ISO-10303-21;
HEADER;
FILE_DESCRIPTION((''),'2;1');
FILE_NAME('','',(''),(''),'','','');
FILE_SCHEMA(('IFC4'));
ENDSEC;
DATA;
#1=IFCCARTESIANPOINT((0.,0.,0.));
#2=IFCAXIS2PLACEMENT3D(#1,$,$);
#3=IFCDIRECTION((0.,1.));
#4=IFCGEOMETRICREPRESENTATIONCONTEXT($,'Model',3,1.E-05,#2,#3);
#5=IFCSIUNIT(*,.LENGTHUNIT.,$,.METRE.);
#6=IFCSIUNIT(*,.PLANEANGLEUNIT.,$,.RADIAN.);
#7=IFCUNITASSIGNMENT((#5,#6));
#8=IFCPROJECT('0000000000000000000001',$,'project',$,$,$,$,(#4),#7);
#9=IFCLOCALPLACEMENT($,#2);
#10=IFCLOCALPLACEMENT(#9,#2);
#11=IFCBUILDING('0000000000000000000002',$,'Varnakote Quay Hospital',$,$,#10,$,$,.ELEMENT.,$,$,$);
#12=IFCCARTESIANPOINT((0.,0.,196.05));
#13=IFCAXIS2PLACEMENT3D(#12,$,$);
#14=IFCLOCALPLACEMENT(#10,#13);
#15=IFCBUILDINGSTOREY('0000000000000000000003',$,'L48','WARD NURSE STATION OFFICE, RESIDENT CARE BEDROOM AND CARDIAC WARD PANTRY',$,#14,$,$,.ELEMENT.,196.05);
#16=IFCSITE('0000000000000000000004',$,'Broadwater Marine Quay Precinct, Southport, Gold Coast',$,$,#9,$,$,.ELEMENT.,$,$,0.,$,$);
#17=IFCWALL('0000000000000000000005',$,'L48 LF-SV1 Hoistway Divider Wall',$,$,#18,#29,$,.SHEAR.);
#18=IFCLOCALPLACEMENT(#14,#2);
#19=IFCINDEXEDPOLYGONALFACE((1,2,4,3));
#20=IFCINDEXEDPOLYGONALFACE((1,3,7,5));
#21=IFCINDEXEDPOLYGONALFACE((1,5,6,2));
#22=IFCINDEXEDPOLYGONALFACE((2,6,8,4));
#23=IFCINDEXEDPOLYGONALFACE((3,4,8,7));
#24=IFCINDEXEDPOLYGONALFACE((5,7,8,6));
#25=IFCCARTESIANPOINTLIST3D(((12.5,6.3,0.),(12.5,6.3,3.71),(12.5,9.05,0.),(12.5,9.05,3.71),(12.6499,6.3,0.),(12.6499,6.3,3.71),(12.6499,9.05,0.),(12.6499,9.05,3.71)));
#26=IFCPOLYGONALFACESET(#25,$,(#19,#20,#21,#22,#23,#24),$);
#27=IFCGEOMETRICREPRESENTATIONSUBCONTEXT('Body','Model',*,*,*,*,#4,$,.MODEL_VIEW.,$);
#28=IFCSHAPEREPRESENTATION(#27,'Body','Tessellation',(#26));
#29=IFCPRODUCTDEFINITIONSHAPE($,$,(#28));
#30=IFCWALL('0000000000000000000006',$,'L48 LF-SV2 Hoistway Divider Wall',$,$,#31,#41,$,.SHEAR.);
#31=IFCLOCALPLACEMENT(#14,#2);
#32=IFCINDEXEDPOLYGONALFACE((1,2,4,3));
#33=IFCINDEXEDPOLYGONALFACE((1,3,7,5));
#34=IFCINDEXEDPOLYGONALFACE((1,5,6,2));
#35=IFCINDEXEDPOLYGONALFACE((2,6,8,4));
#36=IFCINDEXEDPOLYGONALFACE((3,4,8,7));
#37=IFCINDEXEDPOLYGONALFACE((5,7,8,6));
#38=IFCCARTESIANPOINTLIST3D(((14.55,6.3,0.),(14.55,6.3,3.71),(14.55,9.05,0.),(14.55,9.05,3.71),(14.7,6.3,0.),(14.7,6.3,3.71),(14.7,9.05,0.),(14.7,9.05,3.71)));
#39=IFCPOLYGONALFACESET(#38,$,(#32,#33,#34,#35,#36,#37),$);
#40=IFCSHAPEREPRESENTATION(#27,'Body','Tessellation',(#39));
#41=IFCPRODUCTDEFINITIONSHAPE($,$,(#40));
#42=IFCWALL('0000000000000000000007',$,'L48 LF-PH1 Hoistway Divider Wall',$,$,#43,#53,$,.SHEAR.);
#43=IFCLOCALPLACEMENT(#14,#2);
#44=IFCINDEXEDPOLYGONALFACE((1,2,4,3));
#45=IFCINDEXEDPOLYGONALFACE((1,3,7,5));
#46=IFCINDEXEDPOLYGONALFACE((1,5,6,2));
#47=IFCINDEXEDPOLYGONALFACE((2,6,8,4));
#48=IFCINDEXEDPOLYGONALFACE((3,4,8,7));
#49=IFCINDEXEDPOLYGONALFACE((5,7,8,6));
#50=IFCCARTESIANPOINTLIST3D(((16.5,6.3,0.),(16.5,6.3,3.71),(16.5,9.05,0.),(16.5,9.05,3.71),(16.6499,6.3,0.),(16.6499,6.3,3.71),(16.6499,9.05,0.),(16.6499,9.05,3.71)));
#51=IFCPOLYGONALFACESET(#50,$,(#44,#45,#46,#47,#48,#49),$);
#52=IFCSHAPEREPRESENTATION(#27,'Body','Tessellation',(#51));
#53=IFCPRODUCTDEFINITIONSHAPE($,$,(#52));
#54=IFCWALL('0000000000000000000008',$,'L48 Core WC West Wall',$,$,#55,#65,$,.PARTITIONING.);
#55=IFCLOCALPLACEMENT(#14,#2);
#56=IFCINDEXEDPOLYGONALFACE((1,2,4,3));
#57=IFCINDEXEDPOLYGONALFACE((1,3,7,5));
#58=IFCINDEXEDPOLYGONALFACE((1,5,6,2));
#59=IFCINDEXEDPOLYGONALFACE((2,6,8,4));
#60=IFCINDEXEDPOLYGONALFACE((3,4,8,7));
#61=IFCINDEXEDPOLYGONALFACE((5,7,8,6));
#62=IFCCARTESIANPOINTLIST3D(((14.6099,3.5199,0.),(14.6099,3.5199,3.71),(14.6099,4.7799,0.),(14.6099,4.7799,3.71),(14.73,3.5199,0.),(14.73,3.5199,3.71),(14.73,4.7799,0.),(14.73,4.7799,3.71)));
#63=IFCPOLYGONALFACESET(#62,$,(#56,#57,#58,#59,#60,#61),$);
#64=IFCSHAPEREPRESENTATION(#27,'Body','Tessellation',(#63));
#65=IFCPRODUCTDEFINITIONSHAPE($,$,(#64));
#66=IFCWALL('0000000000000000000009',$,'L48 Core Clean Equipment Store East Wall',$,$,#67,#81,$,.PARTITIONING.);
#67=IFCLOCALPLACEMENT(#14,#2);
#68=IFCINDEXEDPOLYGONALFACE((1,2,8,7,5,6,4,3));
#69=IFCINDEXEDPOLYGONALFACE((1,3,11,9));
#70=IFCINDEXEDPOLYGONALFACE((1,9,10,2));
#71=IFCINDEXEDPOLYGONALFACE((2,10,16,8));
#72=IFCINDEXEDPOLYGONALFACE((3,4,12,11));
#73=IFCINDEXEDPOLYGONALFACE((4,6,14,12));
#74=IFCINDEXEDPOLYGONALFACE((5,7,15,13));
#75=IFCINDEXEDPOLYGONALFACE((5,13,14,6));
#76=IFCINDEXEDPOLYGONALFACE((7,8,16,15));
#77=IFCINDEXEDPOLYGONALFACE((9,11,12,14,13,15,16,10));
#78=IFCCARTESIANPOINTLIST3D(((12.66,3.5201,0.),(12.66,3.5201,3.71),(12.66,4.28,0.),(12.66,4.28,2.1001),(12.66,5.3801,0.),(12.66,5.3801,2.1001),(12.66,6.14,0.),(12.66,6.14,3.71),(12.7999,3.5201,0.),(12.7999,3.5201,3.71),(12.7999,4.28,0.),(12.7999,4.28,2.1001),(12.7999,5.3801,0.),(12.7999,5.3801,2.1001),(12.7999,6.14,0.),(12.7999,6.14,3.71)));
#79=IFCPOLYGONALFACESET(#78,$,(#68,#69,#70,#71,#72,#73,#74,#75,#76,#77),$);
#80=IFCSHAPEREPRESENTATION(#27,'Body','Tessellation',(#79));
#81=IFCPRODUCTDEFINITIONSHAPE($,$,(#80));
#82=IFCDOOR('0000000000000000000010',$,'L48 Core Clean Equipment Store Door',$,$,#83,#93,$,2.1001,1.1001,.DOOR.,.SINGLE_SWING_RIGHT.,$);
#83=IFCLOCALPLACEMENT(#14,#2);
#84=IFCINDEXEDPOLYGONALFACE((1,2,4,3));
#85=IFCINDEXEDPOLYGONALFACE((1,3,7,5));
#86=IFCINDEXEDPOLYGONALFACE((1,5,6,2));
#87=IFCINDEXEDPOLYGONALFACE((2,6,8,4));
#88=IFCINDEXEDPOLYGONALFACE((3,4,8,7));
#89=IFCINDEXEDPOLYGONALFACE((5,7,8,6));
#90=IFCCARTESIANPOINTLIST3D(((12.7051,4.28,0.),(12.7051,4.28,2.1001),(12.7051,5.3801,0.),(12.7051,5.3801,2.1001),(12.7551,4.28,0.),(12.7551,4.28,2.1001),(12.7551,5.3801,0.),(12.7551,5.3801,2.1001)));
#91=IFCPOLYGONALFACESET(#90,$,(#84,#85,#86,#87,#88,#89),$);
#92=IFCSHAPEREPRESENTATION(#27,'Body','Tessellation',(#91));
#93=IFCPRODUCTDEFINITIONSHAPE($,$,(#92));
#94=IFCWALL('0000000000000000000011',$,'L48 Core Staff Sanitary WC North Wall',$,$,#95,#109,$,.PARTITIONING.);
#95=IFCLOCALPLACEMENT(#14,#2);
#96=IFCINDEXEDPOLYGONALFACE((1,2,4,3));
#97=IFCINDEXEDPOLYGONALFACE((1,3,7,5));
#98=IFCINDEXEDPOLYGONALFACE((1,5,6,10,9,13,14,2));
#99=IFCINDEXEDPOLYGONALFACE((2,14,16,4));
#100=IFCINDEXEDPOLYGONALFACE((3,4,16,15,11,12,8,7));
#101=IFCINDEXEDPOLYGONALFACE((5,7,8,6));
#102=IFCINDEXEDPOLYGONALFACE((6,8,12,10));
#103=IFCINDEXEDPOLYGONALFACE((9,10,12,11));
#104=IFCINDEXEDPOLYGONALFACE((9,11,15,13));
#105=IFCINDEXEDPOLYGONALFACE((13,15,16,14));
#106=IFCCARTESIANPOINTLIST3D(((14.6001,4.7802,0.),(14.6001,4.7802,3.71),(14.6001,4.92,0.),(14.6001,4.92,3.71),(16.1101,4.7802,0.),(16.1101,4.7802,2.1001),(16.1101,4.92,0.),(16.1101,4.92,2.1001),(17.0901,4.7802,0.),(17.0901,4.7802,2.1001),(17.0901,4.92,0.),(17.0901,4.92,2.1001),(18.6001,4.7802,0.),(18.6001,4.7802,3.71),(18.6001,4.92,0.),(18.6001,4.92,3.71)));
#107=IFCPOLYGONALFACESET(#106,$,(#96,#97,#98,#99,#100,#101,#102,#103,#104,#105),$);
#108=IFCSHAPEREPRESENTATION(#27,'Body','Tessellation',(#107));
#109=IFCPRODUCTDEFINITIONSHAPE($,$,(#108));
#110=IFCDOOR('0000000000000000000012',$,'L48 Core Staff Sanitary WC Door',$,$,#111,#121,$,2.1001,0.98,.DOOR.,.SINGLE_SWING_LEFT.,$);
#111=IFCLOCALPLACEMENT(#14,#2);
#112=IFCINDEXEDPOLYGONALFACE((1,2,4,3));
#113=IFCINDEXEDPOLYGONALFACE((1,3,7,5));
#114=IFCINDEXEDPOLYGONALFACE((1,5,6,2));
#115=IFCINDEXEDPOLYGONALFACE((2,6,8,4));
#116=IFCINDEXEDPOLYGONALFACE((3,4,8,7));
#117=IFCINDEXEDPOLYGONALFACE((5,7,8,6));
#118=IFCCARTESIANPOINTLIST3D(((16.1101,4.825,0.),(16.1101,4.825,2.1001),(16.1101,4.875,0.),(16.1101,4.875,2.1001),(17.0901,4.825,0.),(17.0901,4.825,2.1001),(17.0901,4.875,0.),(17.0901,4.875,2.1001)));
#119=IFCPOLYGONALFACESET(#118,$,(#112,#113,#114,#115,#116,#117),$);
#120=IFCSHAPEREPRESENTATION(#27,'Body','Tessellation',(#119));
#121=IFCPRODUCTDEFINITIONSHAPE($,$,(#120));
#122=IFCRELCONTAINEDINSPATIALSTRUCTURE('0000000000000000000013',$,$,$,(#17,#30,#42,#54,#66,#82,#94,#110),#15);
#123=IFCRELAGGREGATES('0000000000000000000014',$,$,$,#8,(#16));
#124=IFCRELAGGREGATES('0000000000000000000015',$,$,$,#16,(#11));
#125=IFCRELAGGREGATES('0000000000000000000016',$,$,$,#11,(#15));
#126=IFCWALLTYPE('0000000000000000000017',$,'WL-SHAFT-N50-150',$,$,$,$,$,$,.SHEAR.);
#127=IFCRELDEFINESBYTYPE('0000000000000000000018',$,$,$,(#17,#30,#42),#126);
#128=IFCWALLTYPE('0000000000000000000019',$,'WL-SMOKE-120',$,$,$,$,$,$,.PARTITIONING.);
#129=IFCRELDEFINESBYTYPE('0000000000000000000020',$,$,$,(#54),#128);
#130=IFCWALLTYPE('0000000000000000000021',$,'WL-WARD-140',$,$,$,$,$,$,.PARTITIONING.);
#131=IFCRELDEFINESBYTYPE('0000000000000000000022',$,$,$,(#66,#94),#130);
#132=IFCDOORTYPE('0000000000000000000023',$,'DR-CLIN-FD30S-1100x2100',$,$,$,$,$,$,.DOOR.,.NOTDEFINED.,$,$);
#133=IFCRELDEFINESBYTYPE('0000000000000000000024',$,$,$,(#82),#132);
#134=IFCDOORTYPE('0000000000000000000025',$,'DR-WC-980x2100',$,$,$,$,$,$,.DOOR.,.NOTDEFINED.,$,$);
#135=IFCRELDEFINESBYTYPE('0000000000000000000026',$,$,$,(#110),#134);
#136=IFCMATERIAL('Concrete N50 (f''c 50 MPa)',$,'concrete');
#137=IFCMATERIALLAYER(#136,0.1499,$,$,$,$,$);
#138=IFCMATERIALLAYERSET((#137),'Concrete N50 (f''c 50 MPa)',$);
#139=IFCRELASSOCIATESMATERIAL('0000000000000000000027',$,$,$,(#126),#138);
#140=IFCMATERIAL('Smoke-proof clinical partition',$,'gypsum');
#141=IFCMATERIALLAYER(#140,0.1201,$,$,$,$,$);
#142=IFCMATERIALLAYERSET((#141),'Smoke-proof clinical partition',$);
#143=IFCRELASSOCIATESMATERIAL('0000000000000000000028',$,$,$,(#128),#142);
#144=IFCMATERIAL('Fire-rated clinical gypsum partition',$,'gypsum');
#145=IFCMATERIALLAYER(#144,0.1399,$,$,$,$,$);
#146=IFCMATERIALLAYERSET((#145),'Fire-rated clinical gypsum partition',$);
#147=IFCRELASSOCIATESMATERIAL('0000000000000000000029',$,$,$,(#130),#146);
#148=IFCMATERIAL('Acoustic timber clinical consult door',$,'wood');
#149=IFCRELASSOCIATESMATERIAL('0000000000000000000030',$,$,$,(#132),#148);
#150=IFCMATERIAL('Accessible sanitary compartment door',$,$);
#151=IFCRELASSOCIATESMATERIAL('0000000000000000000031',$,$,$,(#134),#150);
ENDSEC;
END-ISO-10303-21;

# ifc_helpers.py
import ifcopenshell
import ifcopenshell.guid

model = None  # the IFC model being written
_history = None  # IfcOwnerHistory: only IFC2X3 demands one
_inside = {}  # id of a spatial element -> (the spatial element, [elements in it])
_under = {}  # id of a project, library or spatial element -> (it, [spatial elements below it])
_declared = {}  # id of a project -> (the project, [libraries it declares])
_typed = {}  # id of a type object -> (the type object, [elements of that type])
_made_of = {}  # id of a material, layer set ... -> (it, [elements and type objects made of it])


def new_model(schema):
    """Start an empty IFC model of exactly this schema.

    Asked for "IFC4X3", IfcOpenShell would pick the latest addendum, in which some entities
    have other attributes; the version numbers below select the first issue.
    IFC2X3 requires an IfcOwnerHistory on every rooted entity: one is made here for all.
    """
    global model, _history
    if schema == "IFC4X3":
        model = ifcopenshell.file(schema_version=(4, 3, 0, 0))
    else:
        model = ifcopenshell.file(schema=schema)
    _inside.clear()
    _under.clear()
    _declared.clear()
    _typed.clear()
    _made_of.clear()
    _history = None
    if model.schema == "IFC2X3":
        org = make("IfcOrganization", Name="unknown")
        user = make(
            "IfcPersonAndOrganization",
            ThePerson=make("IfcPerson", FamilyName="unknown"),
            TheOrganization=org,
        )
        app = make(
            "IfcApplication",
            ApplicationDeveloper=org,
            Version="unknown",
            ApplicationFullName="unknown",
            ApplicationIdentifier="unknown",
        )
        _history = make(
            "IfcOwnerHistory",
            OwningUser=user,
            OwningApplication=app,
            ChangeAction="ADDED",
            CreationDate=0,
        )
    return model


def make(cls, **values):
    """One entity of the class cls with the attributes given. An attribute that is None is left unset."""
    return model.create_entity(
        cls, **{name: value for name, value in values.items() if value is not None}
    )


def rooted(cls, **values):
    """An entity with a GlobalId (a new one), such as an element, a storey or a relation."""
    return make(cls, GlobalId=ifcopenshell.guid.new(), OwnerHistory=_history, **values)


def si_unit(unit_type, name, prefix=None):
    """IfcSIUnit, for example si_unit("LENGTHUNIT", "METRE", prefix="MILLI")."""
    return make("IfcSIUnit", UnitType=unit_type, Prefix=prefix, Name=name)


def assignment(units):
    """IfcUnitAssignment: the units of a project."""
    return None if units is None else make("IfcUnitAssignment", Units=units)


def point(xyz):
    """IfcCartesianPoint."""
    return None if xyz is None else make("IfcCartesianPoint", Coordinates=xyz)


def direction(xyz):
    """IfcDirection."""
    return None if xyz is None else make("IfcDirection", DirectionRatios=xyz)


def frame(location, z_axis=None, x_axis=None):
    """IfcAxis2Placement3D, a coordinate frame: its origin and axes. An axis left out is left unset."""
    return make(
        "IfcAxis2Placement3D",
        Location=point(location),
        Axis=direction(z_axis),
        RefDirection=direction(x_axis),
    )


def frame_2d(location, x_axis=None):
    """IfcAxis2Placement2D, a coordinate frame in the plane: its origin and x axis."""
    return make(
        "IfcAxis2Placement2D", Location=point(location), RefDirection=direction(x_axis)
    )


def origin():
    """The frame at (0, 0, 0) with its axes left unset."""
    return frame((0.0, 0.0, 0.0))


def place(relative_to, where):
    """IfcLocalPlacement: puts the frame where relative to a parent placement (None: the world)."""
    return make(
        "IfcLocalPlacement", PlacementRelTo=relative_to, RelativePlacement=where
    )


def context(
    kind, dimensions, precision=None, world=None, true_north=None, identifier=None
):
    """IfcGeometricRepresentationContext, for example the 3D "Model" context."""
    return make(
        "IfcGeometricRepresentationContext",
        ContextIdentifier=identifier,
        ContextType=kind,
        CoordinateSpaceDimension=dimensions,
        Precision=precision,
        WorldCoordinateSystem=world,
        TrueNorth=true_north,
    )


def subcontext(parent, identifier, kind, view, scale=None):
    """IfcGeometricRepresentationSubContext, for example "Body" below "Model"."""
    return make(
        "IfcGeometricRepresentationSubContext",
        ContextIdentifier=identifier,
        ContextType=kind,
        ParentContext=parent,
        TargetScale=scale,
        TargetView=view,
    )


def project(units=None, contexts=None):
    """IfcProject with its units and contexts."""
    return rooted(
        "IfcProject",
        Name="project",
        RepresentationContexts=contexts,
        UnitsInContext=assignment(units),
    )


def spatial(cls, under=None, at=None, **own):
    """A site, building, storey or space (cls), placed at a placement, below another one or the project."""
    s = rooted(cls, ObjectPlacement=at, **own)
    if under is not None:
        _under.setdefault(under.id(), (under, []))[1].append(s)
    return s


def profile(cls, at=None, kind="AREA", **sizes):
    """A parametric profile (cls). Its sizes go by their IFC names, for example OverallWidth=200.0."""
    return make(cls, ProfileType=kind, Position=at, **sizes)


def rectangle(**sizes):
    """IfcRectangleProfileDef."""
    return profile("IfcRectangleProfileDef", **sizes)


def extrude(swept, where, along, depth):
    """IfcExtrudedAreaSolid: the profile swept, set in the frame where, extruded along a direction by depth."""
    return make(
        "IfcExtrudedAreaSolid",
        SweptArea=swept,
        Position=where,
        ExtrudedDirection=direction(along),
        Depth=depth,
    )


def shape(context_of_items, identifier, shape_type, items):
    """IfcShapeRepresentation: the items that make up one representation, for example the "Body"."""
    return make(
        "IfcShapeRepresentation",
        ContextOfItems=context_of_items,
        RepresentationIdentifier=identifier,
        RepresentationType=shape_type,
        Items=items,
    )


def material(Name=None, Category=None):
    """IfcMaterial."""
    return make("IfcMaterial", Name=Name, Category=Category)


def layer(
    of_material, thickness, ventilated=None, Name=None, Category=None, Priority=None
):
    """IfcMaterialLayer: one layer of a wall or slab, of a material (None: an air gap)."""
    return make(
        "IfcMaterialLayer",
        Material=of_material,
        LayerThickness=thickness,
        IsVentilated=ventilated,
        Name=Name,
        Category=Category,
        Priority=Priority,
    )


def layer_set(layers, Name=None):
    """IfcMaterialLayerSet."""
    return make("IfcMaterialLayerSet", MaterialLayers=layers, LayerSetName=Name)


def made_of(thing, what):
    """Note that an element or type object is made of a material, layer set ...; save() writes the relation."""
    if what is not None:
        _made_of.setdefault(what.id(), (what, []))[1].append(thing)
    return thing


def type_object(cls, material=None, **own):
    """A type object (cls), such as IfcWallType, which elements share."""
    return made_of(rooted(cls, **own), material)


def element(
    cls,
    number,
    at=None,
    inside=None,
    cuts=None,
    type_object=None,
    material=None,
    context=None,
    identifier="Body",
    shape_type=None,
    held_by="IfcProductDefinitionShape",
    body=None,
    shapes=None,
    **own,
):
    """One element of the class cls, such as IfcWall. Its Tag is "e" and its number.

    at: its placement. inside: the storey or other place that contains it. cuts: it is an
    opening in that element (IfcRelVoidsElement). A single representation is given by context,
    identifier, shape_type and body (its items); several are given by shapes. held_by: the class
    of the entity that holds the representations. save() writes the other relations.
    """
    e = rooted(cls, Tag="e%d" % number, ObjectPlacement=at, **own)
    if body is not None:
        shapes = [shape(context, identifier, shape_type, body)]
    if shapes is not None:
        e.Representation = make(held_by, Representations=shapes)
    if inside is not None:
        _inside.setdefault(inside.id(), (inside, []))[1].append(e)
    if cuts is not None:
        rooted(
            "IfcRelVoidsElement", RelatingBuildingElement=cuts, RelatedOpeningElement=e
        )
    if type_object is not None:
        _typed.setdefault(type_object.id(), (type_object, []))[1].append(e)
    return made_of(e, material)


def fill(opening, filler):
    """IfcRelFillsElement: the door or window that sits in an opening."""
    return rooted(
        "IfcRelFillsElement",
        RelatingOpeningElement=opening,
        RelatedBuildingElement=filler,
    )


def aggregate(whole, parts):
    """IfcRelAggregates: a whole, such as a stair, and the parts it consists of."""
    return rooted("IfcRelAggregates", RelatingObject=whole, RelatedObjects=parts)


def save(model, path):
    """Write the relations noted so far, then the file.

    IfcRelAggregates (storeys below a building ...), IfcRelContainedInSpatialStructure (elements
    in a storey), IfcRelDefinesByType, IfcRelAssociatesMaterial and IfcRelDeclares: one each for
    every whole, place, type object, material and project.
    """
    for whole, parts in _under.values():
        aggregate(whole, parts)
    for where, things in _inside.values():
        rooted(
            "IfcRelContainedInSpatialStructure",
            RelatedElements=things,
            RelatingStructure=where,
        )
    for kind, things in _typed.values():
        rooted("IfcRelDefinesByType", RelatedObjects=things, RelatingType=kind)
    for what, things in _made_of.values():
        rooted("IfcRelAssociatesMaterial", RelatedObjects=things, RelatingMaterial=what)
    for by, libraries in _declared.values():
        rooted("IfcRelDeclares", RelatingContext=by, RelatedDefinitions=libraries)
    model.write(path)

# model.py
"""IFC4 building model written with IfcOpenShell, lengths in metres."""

from ifc_helpers import new_model, si_unit, direction, frame, frame_2d, origin, place, context, subcontext, project, spatial, rectangle, extrude, material, layer, layer_set, type_object, element, fill, save


model = new_model("IFC4")

# Units and contexts
model_context = context("Model", 3, precision=1e-05, world=origin(), true_north=direction((0.0, 1.0)))
body_context = subcontext(model_context, "Body", "Model", "MODEL_VIEW")
ifc_project = project(units=[si_unit("LENGTHUNIT", "METRE"), si_unit("PLANEANGLEUNIT", "RADIAN")], contexts=[model_context])

# Site, building, storey
site_placement = place(None, origin())
site = spatial("IfcSite", under=ifc_project, at=site_placement, Name="Broadwater Marine Quay Precinct, Southport, Gold Coast", CompositionType="ELEMENT", RefElevation=0.0)
building_placement = place(site_placement, origin())
building = spatial("IfcBuilding", under=site, at=building_placement, Name="Varnakote Quay Hospital", CompositionType="ELEMENT")
storey_placement = place(building_placement, frame((0.0, 0.0, 196.05)))
storey = spatial("IfcBuildingStorey", under=building, at=storey_placement, Name="L48", Description="WARD NURSE STATION OFFICE, RESIDENT CARE BEDROOM AND CARDIAC WARD PANTRY", CompositionType="ELEMENT", Elevation=196.05)

# Walls
ifc_material_1 = material(Name="Concrete N50 (f'c 50 MPa)", Category="concrete")
ifc_layer_1 = layer(ifc_material_1, 0.1499)
ifc_layer_set_1 = layer_set([ifc_layer_1], Name="Concrete N50 (f'c 50 MPa)")
wall_type_1 = type_object("IfcWallType", Name="WL-SHAFT-N50-150", PredefinedType="SHEAR", material=ifc_layer_set_1)
for number, where, z_axis, x_axis, name in (
    (1, (12.575, 6.3, 0.0), (0.0, 0.0, 1.0), (0.0, 1.0, 0.0), "L48 LF-SV1 Hoistway Divider Wall"),
    (2, (14.625, 6.3, 0.0), (0.0, 0.0, 1.0), (0.0, 1.0, 0.0), "L48 LF-SV2 Hoistway Divider Wall"),
    (3, (16.575, 6.3, 0.0), (0.0, 0.0, 1.0), (0.0, 1.0, 0.0), "L48 LF-PH1 Hoistway Divider Wall"),
):
    element("IfcWall", number, at=place(storey_placement, frame(where, z_axis=z_axis, x_axis=x_axis)), inside=storey, type_object=wall_type_1, Name=name, PredefinedType="SHEAR", context=body_context, shape_type="SweptSolid", body=[
        extrude(rectangle(XDim=2.75, YDim=0.1499, at=frame_2d((1.375, 0.0))), origin(), (0.0, 0.0, 1.0), 3.71),
    ])

# Wall
ifc_material_2 = material(Name="Smoke-proof clinical partition", Category="gypsum")
ifc_layer_2 = layer(ifc_material_2, 0.1201)
ifc_layer_set_2 = layer_set([ifc_layer_2], Name="Smoke-proof clinical partition")
wall_type_2 = type_object("IfcWallType", Name="WL-SMOKE-120", PredefinedType="PARTITIONING", material=ifc_layer_set_2)
wall_1_placement = place(storey_placement, frame((14.6699, 3.52, 0.0), z_axis=(0.0, 0.0, 1.0), x_axis=(0.0, 1.0, 0.0)))
element("IfcWall", 4, at=wall_1_placement, inside=storey, type_object=wall_type_2, Name="L48 Core WC West Wall", PredefinedType="PARTITIONING", context=body_context, shape_type="SweptSolid", body=[
    extrude(rectangle(XDim=1.26, YDim=0.1201, at=frame_2d((0.6299, 0.0))), origin(), (0.0, 0.0, 1.0), 3.71),
])

# Walls, openings, doors
ifc_material_3 = material(Name="Fire-rated clinical gypsum partition", Category="gypsum")
ifc_layer_3 = layer(ifc_material_3, 0.1399)
ifc_layer_set_3 = layer_set([ifc_layer_3], Name="Fire-rated clinical gypsum partition")
wall_type_3 = type_object("IfcWallType", Name="WL-WARD-140", PredefinedType="PARTITIONING", material=ifc_layer_set_3)
wall_2_placement = place(storey_placement, frame((12.73, 3.52, 0.0), z_axis=(0.0, 0.0, 1.0), x_axis=(0.0, 1.0, 0.0)))
wall_2 = element("IfcWall", 5, at=wall_2_placement, inside=storey, type_object=wall_type_3, Name="L48 Core Clean Equipment Store East Wall", PredefinedType="PARTITIONING", context=body_context, shape_type="SweptSolid", body=[
    extrude(rectangle(XDim=2.6199, YDim=0.1399, at=frame_2d((1.3101, 0.0))), origin(), (0.0, 0.0, 1.0), 3.71),
])
opening_1_placement = place(wall_2_placement, frame((0.76, 0.0, 0.0)))
opening_1 = element("IfcOpeningElement", 6, at=opening_1_placement, cuts=wall_2, PredefinedType="OPENING", context=body_context, shape_type="SweptSolid", body=[
    extrude(rectangle(XDim=1.1001, YDim=2.1001, at=frame_2d((0.55, 1.05))), frame((0.0, 0.0798, 0.0), z_axis=(0.0, -1.0, 0.0), x_axis=(1.0, 0.0, 0.0)), (0.0, 0.0, 1.0), 0.1599),
])
ifc_material_4 = material(Name="Acoustic timber clinical consult door", Category="wood")
door_type_1 = type_object("IfcDoorType", Name="DR-CLIN-FD30S-1100x2100", OperationType="NOTDEFINED", PredefinedType="DOOR", material=ifc_material_4)
door_1_placement = place(opening_1_placement, origin())
door_1 = element("IfcDoor", 7, at=door_1_placement, inside=storey, type_object=door_type_1, Name="L48 Core Clean Equipment Store Door", OperationType="SINGLE_SWING_RIGHT", OverallHeight=2.1001, OverallWidth=1.1001, PredefinedType="DOOR", context=body_context, shape_type="SweptSolid", body=[
    extrude(rectangle(XDim=1.1001, YDim=2.1001, at=frame_2d((0.55, 1.05))), frame((0.0, 0.0249, 0.0), z_axis=(0.0, -1.0, 0.0), x_axis=(1.0, 0.0, 0.0)), (0.0, 0.0, 1.0), 0.05),
])
fill(opening_1, door_1)
wall_3_placement = place(storey_placement, frame((14.6001, 4.8501, 0.0), z_axis=(0.0, 0.0, 1.0), x_axis=(1.0, 0.0, 0.0)))
wall_3 = element("IfcWall", 8, at=wall_3_placement, inside=storey, type_object=wall_type_3, Name="L48 Core Staff Sanitary WC North Wall", PredefinedType="PARTITIONING", context=body_context, shape_type="SweptSolid", body=[
    extrude(rectangle(XDim=4.0, YDim=0.1399, at=frame_2d((2.0, 0.0))), origin(), (0.0, 0.0, 1.0), 3.71),
])
opening_2_placement = place(wall_3_placement, frame((1.51, 0.0, 0.0)))
opening_2 = element("IfcOpeningElement", 9, at=opening_2_placement, cuts=wall_3, PredefinedType="OPENING", context=body_context, shape_type="SweptSolid", body=[
    extrude(rectangle(XDim=0.98, YDim=2.1001, at=frame_2d((0.49, 1.05))), frame((0.0, 0.0798, 0.0), z_axis=(0.0, -1.0, 0.0), x_axis=(1.0, 0.0, 0.0)), (0.0, 0.0, 1.0), 0.1599),
])
ifc_material_5 = material(Name="Accessible sanitary compartment door")
door_type_2 = type_object("IfcDoorType", Name="DR-WC-980x2100", OperationType="NOTDEFINED", PredefinedType="DOOR", material=ifc_material_5)
door_2_placement = place(opening_2_placement, origin())
door_2 = element("IfcDoor", 10, at=door_2_placement, inside=storey, type_object=door_type_2, Name="L48 Core Staff Sanitary WC Door", OperationType="SINGLE_SWING_LEFT", OverallHeight=2.1001, OverallWidth=0.98, PredefinedType="DOOR", context=body_context, shape_type="SweptSolid", body=[
    extrude(rectangle(XDim=0.98, YDim=2.1001, at=frame_2d((0.49, 1.05))), frame((0.0, 0.0249, 0.0), z_axis=(0.0, -1.0, 0.0), x_axis=(1.0, 0.0, 0.0)), (0.0, 0.0, 1.0), 0.05),
])
fill(opening_2, door_2)

save(model, "model.ifc")
